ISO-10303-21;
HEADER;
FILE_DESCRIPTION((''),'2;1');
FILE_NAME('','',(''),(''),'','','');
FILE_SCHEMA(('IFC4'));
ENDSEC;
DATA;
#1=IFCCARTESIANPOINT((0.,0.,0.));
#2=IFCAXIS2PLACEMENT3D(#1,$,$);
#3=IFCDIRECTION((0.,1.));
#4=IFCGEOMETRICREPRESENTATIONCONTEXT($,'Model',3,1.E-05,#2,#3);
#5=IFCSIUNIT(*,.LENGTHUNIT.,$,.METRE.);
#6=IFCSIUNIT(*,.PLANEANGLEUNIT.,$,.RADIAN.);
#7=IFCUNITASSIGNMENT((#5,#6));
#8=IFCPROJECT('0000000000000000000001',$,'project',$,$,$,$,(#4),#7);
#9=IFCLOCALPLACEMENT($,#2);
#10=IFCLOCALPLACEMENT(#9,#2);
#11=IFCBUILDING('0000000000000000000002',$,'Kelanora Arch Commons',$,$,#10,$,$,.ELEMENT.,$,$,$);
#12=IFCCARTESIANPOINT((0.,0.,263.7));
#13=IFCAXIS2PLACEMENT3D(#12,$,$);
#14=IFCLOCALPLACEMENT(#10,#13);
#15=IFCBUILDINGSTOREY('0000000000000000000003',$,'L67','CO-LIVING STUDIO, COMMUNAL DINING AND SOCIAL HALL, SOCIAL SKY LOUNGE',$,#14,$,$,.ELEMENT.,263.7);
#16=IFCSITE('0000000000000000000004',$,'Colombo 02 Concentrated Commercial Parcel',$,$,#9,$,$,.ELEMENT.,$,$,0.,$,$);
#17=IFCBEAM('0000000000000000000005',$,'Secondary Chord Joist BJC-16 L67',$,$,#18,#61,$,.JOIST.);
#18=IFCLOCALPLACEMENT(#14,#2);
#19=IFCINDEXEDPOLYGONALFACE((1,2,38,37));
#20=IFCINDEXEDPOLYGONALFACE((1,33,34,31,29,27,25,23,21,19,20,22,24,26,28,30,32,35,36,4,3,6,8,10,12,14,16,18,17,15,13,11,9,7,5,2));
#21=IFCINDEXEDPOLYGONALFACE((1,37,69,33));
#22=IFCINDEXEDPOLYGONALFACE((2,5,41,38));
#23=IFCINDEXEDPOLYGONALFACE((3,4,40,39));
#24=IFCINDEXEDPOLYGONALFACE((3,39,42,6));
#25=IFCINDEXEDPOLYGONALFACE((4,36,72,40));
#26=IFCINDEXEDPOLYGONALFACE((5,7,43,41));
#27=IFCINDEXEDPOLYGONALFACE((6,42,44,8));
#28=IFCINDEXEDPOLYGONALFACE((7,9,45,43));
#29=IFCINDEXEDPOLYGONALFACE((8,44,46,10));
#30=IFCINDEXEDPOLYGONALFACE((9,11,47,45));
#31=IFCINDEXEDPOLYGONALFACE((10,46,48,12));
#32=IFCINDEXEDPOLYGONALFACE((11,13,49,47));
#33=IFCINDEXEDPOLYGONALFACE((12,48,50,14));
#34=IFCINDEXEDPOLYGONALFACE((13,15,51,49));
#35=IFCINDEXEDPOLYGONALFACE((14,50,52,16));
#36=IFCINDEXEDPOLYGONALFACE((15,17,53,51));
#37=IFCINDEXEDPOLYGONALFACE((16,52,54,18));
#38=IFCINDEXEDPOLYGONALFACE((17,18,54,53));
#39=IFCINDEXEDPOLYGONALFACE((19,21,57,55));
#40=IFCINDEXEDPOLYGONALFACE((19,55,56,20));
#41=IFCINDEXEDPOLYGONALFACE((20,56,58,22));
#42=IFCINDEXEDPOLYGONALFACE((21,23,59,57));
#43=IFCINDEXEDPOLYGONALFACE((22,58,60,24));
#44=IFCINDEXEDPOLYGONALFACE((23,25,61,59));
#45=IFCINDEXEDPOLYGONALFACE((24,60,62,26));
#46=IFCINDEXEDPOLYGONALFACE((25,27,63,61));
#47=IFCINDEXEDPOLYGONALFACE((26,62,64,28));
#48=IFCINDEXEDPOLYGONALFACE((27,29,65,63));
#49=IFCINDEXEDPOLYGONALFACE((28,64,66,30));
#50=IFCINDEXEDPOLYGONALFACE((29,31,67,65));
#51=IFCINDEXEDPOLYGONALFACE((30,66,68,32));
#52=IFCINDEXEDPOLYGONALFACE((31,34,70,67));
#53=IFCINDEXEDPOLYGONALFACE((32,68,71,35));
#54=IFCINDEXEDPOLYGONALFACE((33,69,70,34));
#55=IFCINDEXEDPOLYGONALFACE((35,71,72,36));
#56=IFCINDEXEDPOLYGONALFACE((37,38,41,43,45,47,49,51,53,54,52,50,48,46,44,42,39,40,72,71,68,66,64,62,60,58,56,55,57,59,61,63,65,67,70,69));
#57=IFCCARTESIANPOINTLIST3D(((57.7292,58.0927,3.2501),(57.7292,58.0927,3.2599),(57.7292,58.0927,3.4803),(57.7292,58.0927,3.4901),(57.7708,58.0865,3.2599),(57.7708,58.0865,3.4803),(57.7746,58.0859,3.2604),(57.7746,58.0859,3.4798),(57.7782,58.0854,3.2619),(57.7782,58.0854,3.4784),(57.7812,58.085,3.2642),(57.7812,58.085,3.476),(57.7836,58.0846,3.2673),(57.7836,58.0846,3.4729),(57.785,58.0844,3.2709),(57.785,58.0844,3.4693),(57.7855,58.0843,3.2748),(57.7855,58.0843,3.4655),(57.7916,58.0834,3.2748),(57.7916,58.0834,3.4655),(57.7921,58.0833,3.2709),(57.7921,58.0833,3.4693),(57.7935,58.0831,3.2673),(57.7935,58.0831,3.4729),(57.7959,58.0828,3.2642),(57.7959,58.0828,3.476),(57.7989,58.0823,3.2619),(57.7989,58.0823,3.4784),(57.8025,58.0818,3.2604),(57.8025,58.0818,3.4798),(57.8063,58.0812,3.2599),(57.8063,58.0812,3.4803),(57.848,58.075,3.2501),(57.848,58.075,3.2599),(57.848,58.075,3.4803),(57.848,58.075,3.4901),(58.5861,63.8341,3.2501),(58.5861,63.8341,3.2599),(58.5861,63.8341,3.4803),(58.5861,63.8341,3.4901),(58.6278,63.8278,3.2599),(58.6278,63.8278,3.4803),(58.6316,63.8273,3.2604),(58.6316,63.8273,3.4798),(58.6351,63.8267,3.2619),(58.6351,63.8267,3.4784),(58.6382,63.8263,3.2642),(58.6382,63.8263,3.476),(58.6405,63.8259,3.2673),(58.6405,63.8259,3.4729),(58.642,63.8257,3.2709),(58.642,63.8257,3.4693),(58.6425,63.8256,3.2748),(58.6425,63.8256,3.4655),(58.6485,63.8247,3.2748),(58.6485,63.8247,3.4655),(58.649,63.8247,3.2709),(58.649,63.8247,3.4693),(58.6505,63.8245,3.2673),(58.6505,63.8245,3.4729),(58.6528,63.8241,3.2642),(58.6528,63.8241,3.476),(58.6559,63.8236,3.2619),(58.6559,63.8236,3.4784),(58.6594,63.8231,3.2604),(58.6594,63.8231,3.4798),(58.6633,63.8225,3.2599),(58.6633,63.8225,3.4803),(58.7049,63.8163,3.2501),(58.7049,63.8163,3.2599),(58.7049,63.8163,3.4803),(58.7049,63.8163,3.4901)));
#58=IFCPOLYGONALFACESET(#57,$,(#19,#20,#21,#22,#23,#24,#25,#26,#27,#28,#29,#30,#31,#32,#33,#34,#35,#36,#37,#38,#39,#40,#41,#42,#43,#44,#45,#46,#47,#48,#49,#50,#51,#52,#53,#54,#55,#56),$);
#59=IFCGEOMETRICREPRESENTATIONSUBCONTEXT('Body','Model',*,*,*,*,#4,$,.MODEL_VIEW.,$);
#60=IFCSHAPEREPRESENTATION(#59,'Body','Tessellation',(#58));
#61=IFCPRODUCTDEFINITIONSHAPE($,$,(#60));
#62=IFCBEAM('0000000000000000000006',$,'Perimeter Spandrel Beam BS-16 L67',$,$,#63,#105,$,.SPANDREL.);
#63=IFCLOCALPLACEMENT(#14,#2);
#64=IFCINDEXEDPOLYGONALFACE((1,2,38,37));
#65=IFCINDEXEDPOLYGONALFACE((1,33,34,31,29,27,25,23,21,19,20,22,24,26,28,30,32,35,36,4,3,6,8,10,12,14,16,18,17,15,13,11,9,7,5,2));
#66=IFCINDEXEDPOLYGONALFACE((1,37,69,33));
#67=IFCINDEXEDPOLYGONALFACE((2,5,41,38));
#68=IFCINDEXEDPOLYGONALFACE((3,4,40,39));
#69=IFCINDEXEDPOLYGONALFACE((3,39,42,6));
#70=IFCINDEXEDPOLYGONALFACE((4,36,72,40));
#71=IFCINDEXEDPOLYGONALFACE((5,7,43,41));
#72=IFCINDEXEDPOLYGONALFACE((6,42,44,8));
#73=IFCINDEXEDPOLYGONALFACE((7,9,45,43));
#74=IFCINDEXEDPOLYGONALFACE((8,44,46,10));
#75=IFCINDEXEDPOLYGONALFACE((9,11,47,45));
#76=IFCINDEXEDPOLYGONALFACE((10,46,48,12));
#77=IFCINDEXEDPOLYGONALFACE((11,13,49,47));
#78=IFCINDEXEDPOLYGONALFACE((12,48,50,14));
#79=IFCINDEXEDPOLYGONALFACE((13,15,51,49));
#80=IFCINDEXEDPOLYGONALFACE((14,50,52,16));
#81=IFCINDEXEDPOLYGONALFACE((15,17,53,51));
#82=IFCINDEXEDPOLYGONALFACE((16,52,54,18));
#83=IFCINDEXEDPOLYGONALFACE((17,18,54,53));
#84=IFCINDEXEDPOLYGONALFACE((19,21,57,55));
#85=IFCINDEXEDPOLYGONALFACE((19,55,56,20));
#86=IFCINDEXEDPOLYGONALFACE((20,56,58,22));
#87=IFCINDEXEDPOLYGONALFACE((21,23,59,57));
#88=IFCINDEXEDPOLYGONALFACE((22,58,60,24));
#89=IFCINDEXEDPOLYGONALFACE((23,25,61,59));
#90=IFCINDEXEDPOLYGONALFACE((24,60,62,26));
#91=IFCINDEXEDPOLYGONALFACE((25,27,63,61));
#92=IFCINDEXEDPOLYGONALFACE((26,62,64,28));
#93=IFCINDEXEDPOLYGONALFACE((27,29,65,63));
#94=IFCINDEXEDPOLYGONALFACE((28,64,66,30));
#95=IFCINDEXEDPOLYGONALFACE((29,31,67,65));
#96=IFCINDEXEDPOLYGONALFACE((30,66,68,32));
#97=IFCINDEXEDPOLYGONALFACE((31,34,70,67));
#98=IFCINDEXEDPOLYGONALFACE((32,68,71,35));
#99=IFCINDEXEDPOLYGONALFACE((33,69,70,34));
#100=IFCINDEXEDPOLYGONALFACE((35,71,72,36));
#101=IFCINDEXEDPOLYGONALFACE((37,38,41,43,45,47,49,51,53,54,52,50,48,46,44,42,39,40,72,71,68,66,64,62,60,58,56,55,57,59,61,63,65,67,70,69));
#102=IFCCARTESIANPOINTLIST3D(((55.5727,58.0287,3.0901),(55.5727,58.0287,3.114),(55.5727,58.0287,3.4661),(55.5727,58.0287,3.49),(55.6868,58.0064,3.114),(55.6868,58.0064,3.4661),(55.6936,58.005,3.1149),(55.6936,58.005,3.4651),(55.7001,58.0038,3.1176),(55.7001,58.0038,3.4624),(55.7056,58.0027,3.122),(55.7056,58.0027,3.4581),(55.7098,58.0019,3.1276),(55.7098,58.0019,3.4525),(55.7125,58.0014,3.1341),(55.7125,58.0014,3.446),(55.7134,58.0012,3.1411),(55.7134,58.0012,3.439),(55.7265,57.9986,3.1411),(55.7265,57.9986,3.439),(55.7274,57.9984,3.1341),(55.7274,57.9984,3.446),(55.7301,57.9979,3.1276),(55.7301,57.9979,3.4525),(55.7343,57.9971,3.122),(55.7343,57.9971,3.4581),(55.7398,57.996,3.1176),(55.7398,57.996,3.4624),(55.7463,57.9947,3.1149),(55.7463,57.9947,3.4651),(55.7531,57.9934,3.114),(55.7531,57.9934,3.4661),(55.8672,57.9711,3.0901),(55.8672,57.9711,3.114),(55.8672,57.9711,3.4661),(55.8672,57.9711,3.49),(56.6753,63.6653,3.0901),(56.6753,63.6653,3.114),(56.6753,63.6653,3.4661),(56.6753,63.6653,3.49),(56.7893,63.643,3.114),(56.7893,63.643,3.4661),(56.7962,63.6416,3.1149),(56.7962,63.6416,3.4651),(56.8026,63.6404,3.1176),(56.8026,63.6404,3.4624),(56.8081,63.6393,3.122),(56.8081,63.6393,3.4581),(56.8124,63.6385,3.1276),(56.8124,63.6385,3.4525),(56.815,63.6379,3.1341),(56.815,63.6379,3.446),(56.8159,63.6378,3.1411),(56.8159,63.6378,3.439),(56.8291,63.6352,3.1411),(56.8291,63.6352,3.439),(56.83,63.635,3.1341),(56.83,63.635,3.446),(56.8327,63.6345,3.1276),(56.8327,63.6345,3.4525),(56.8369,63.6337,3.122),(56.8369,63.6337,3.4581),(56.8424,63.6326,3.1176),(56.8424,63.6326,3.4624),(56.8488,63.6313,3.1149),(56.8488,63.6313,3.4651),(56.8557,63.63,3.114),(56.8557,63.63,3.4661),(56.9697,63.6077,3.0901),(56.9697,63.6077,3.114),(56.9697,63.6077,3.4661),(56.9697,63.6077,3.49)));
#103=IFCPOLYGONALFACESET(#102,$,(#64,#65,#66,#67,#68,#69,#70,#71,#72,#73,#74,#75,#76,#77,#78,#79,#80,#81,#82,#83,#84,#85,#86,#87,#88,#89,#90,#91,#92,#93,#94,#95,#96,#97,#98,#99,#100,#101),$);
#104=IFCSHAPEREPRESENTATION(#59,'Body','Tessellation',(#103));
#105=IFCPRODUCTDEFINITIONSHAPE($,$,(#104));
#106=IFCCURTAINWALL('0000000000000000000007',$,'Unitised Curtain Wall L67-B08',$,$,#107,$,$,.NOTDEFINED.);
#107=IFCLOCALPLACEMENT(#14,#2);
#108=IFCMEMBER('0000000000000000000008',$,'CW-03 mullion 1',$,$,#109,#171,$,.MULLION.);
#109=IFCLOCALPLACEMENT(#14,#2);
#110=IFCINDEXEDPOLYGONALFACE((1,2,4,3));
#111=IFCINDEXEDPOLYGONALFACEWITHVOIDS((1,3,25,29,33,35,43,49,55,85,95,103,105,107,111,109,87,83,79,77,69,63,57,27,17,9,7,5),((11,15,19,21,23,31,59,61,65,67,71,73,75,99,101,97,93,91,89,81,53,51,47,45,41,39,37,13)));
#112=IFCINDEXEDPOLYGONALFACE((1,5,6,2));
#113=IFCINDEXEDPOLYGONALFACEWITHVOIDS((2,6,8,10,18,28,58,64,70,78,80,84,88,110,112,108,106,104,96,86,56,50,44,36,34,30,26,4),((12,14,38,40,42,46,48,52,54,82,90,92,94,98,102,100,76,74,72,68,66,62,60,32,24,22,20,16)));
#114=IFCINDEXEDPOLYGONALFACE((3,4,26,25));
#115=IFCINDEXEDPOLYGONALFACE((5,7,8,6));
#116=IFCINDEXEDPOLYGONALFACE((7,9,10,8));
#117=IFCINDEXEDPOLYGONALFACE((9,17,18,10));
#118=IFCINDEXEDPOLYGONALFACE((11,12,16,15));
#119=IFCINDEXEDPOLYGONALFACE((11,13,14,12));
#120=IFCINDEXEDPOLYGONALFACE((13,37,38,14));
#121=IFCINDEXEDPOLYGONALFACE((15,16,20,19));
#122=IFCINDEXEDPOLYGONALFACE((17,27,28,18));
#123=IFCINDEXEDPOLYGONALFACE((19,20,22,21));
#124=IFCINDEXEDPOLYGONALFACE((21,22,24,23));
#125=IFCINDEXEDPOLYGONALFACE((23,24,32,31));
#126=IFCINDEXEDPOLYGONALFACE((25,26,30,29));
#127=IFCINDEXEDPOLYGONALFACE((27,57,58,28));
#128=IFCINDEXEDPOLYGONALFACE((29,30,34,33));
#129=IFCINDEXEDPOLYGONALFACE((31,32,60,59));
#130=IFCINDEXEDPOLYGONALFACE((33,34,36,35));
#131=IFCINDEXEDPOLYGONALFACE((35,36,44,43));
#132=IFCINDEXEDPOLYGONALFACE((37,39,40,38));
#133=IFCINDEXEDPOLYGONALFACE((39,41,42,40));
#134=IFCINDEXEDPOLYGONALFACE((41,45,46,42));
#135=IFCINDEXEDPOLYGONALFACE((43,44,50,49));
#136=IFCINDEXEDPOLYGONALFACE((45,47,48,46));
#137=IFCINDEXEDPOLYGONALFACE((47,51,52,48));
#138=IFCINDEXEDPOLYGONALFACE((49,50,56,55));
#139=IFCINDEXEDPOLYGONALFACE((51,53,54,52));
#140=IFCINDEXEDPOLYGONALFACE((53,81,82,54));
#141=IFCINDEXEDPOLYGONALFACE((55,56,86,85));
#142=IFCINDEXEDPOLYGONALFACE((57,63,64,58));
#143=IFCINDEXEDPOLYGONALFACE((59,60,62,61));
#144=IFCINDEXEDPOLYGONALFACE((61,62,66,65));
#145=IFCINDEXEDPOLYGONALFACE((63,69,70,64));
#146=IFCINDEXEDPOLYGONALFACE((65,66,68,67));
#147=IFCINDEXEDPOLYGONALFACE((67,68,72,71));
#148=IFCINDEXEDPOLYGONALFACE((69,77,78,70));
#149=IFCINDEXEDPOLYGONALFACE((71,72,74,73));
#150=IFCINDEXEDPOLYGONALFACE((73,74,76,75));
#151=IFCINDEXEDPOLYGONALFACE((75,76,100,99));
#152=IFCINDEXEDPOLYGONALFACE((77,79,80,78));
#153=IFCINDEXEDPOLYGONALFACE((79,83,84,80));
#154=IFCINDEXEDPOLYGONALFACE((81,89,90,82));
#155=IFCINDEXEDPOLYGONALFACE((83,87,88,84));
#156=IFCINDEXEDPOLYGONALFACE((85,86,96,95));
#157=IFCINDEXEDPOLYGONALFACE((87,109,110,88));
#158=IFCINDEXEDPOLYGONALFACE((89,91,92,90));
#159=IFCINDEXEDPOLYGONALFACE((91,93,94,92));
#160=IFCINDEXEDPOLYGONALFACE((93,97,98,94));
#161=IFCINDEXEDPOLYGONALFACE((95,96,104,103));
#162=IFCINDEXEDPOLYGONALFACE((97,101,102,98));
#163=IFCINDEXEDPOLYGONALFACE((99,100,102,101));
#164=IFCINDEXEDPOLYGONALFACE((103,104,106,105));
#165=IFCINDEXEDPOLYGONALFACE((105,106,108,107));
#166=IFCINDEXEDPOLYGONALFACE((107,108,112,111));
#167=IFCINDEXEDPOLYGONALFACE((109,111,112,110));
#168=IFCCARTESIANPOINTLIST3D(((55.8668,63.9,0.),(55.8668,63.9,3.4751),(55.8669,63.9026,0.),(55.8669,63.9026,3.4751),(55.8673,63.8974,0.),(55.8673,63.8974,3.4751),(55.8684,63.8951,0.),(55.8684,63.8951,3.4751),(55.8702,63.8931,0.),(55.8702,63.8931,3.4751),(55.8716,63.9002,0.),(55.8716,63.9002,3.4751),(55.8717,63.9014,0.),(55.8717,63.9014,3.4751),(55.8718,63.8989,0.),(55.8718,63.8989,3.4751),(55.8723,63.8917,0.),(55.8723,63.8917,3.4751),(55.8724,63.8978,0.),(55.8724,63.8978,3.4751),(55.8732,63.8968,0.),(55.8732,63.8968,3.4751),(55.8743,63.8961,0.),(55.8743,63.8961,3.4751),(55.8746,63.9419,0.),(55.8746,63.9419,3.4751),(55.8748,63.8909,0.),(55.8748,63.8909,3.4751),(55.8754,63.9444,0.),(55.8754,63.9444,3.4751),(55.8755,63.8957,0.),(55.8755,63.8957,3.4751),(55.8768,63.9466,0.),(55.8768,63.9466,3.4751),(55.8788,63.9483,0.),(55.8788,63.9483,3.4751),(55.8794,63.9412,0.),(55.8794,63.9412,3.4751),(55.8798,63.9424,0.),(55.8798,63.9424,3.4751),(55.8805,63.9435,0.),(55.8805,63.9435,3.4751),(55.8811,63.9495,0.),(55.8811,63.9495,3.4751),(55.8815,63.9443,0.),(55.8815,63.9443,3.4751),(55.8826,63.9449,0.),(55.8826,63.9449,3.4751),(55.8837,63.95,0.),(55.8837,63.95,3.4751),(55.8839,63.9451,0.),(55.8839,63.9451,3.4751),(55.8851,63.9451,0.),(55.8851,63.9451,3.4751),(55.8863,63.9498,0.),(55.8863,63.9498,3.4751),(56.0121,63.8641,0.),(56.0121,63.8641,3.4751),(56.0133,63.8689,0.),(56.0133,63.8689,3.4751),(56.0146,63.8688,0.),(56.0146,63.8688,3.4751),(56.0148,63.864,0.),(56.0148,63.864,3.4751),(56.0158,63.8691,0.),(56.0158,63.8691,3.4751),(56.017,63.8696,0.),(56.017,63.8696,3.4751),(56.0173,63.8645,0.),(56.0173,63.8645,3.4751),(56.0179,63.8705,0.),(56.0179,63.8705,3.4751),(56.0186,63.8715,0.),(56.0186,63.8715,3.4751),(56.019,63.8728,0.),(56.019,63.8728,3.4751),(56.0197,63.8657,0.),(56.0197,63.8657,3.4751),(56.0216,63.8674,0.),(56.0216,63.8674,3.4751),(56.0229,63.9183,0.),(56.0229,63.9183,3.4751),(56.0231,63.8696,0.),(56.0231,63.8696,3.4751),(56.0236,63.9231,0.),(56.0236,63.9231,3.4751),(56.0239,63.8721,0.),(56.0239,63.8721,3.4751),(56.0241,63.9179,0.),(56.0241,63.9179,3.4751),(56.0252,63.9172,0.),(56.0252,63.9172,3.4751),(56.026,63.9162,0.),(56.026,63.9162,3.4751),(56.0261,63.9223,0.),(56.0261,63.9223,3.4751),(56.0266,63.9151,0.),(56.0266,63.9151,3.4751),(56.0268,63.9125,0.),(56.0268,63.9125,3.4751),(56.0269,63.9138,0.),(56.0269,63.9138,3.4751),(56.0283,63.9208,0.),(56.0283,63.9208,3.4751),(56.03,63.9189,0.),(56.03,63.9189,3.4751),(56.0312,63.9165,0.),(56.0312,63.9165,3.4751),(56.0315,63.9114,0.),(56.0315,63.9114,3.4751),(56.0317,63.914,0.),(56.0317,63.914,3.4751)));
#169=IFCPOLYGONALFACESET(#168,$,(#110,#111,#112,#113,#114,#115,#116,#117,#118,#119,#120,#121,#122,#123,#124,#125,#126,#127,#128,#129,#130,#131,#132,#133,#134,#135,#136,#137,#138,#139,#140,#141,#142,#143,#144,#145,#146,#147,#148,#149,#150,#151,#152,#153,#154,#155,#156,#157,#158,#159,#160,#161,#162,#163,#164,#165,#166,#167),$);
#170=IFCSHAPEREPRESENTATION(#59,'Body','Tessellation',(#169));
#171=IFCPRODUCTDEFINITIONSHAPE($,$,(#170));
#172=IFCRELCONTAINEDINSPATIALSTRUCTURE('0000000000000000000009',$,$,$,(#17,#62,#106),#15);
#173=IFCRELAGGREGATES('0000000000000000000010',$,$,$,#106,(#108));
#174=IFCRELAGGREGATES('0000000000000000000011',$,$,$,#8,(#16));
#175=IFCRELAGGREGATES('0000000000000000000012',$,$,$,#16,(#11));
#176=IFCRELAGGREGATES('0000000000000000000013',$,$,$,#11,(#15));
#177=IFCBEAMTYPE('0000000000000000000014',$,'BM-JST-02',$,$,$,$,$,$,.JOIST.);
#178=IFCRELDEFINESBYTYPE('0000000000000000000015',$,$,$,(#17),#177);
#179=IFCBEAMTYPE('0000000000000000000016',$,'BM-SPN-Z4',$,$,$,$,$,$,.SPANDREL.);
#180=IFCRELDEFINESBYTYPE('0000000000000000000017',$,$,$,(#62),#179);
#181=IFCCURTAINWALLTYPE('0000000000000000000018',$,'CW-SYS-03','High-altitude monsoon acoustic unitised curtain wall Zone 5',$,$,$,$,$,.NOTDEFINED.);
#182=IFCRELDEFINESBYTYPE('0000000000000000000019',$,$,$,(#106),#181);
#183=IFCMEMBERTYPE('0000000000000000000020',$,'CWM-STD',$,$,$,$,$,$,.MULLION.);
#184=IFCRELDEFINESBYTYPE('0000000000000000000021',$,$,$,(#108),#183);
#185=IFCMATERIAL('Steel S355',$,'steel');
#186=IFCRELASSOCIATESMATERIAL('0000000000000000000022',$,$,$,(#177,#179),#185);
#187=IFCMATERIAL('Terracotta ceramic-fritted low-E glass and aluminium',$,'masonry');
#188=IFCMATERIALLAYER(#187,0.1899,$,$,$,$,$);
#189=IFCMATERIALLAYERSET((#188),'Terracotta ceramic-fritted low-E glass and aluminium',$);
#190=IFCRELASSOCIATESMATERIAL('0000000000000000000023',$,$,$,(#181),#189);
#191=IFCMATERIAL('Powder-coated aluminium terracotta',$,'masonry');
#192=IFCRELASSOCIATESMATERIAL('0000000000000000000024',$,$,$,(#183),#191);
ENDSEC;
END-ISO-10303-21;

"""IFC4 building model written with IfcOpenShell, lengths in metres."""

from ifc_helpers import new_model, si_unit, direction, frame, origin, origin_2d, place, context, subcontext, project, spatial, hollow_rectangle, i_section, extrude, material, layer, layer_set, material_profile, profile_set, type_object, element, aggregate, save


model = new_model("IFC4")

# Units and contexts
model_context = context("Model", 3, precision=1e-05, world=origin(), true_north=direction((0.0, 1.0)))
body_context = subcontext(model_context, "Body", "Model", "MODEL_VIEW")
ifc_project = project(units=[si_unit("LENGTHUNIT", "METRE"), si_unit("PLANEANGLEUNIT", "RADIAN")], contexts=[model_context])

# Site, building, storey
site_placement = place(None, origin())
site = spatial("IfcSite", under=ifc_project, at=site_placement, Name="Colombo 02 Concentrated Commercial Parcel", CompositionType="ELEMENT", RefElevation=0.0)
building_placement = place(site_placement, origin())
building = spatial("IfcBuilding", under=site, at=building_placement, Name="Kelanora Arch Commons", CompositionType="ELEMENT")
storey_placement = place(building_placement, frame((0.0, 0.0, 263.7)))
storey = spatial("IfcBuildingStorey", under=building, at=storey_placement, Name="L67", Description="CO-LIVING STUDIO, COMMUNAL DINING AND SOCIAL HALL, SOCIAL SKY LOUNGE", CompositionType="ELEMENT", Elevation=263.7)

# Beams
ifc_material_1 = material(Name="Steel S355", Category="steel")
ifc_material_profile_1 = material_profile(ifc_material_1, i_section(OverallWidth=0.1201, OverallDepth=0.24, WebThickness=0.0061, FlangeThickness=0.0098, FilletRadius=0.0149, at=origin_2d()), Name="IPE240")
ifc_profile_set_1 = profile_set([ifc_material_profile_1], Name="Steel S355")
beam_type_1 = type_object("IfcBeamType", Name="BM-JST-02", PredefinedType="JOIST", material=ifc_profile_set_1)
beam_1_placement = place(storey_placement, frame((58.6455, 63.8252, 3.3701), z_axis=(-0.147625, -0.989043, 0.0), x_axis=(0.989043, -0.147625, 0.0)))
element("IfcBeam", 1, at=beam_1_placement, inside=storey, type_object=beam_type_1, Name="Secondary Chord Joist BJC-16 L67", PredefinedType="JOIST", context=body_context, shape_type="SweptSolid", body=[
    extrude(i_section(OverallWidth=0.1201, OverallDepth=0.24, WebThickness=0.0061, FlangeThickness=0.0098, FilletRadius=0.0149, at=origin_2d()), origin(), (0.0, 0.0, 1.0), 5.8049),
])
ifc_material_profile_2 = material_profile(ifc_material_1, i_section(OverallWidth=0.3, OverallDepth=0.3999, WebThickness=0.0134, FlangeThickness=0.0239, FilletRadius=0.0271, at=origin_2d()), Name="HEB400")
ifc_profile_set_2 = profile_set([ifc_material_profile_2], Name="Steel S355")
beam_type_2 = type_object("IfcBeamType", Name="BM-SPN-Z4", PredefinedType="SPANDREL", material=ifc_profile_set_2)
beam_2_placement = place(storey_placement, frame((56.8225, 63.6365, 3.29), z_axis=(-0.19197, -0.981401, 0.0), x_axis=(0.981401, -0.19197, 0.0)))
element("IfcBeam", 2, at=beam_2_placement, inside=storey, type_object=beam_type_2, Name="Perimeter Spandrel Beam BS-16 L67", PredefinedType="SPANDREL", context=body_context, shape_type="SweptSolid", body=[
    extrude(i_section(OverallWidth=0.3, OverallDepth=0.3999, WebThickness=0.0134, FlangeThickness=0.0239, FilletRadius=0.0271, at=origin_2d()), origin(), (0.0, 0.0, 1.0), 5.7434),
])

# Curtain wall, member
ifc_material_2 = material(Name="Terracotta ceramic-fritted low-E glass and aluminium", Category="masonry")
ifc_layer_1 = layer(ifc_material_2, 0.1899)
ifc_layer_set_1 = layer_set([ifc_layer_1], Name="Terracotta ceramic-fritted low-E glass and aluminium")
curtain_wall_type = type_object("IfcCurtainWallType", Name="CW-SYS-03", Description="High-altitude monsoon acoustic unitised curtain wall Zone 5", PredefinedType="NOTDEFINED", material=ifc_layer_set_1)
curtain_wall_placement = place(storey_placement, origin())
curtain_wall = element("IfcCurtainWall", 3, at=curtain_wall_placement, inside=storey, type_object=curtain_wall_type, Name="Unitised Curtain Wall L67-B08", PredefinedType="NOTDEFINED")
ifc_material_3 = material(Name="Powder-coated aluminium terracotta", Category="masonry")
ifc_material_profile_3 = material_profile(ifc_material_3, hollow_rectangle(XDim=0.1599, YDim=0.0601, WallThickness=0.0049, InnerFilletRadius=0.0049, OuterFilletRadius=0.01, at=origin_2d()), Name="CWM160x60")
ifc_profile_set_3 = profile_set([ifc_material_profile_3], Name="Powder-coated aluminium terracotta")
member_type_1 = type_object("IfcMemberType", Name="CWM-STD", PredefinedType="MULLION", material=ifc_profile_set_3)
member_1_placement = place(storey_placement, frame((55.9492, 63.907, 0.0), z_axis=(0.0, 0.0, 1.0), x_axis=(0.981596, -0.190972, 0.0)))
member_1 = element("IfcMember", 4, at=member_1_placement, type_object=member_type_1, Name="CW-03 mullion 1", PredefinedType="MULLION", context=body_context, shape_type="SweptSolid", body=[
    extrude(hollow_rectangle(XDim=0.1599, YDim=0.0601, WallThickness=0.0049, InnerFilletRadius=0.0049, OuterFilletRadius=0.01, at=origin_2d()), origin(), (0.0, 0.0, 1.0), 3.4751),
])
aggregate(curtain_wall, [member_1])

save(model, "model.ifc")
